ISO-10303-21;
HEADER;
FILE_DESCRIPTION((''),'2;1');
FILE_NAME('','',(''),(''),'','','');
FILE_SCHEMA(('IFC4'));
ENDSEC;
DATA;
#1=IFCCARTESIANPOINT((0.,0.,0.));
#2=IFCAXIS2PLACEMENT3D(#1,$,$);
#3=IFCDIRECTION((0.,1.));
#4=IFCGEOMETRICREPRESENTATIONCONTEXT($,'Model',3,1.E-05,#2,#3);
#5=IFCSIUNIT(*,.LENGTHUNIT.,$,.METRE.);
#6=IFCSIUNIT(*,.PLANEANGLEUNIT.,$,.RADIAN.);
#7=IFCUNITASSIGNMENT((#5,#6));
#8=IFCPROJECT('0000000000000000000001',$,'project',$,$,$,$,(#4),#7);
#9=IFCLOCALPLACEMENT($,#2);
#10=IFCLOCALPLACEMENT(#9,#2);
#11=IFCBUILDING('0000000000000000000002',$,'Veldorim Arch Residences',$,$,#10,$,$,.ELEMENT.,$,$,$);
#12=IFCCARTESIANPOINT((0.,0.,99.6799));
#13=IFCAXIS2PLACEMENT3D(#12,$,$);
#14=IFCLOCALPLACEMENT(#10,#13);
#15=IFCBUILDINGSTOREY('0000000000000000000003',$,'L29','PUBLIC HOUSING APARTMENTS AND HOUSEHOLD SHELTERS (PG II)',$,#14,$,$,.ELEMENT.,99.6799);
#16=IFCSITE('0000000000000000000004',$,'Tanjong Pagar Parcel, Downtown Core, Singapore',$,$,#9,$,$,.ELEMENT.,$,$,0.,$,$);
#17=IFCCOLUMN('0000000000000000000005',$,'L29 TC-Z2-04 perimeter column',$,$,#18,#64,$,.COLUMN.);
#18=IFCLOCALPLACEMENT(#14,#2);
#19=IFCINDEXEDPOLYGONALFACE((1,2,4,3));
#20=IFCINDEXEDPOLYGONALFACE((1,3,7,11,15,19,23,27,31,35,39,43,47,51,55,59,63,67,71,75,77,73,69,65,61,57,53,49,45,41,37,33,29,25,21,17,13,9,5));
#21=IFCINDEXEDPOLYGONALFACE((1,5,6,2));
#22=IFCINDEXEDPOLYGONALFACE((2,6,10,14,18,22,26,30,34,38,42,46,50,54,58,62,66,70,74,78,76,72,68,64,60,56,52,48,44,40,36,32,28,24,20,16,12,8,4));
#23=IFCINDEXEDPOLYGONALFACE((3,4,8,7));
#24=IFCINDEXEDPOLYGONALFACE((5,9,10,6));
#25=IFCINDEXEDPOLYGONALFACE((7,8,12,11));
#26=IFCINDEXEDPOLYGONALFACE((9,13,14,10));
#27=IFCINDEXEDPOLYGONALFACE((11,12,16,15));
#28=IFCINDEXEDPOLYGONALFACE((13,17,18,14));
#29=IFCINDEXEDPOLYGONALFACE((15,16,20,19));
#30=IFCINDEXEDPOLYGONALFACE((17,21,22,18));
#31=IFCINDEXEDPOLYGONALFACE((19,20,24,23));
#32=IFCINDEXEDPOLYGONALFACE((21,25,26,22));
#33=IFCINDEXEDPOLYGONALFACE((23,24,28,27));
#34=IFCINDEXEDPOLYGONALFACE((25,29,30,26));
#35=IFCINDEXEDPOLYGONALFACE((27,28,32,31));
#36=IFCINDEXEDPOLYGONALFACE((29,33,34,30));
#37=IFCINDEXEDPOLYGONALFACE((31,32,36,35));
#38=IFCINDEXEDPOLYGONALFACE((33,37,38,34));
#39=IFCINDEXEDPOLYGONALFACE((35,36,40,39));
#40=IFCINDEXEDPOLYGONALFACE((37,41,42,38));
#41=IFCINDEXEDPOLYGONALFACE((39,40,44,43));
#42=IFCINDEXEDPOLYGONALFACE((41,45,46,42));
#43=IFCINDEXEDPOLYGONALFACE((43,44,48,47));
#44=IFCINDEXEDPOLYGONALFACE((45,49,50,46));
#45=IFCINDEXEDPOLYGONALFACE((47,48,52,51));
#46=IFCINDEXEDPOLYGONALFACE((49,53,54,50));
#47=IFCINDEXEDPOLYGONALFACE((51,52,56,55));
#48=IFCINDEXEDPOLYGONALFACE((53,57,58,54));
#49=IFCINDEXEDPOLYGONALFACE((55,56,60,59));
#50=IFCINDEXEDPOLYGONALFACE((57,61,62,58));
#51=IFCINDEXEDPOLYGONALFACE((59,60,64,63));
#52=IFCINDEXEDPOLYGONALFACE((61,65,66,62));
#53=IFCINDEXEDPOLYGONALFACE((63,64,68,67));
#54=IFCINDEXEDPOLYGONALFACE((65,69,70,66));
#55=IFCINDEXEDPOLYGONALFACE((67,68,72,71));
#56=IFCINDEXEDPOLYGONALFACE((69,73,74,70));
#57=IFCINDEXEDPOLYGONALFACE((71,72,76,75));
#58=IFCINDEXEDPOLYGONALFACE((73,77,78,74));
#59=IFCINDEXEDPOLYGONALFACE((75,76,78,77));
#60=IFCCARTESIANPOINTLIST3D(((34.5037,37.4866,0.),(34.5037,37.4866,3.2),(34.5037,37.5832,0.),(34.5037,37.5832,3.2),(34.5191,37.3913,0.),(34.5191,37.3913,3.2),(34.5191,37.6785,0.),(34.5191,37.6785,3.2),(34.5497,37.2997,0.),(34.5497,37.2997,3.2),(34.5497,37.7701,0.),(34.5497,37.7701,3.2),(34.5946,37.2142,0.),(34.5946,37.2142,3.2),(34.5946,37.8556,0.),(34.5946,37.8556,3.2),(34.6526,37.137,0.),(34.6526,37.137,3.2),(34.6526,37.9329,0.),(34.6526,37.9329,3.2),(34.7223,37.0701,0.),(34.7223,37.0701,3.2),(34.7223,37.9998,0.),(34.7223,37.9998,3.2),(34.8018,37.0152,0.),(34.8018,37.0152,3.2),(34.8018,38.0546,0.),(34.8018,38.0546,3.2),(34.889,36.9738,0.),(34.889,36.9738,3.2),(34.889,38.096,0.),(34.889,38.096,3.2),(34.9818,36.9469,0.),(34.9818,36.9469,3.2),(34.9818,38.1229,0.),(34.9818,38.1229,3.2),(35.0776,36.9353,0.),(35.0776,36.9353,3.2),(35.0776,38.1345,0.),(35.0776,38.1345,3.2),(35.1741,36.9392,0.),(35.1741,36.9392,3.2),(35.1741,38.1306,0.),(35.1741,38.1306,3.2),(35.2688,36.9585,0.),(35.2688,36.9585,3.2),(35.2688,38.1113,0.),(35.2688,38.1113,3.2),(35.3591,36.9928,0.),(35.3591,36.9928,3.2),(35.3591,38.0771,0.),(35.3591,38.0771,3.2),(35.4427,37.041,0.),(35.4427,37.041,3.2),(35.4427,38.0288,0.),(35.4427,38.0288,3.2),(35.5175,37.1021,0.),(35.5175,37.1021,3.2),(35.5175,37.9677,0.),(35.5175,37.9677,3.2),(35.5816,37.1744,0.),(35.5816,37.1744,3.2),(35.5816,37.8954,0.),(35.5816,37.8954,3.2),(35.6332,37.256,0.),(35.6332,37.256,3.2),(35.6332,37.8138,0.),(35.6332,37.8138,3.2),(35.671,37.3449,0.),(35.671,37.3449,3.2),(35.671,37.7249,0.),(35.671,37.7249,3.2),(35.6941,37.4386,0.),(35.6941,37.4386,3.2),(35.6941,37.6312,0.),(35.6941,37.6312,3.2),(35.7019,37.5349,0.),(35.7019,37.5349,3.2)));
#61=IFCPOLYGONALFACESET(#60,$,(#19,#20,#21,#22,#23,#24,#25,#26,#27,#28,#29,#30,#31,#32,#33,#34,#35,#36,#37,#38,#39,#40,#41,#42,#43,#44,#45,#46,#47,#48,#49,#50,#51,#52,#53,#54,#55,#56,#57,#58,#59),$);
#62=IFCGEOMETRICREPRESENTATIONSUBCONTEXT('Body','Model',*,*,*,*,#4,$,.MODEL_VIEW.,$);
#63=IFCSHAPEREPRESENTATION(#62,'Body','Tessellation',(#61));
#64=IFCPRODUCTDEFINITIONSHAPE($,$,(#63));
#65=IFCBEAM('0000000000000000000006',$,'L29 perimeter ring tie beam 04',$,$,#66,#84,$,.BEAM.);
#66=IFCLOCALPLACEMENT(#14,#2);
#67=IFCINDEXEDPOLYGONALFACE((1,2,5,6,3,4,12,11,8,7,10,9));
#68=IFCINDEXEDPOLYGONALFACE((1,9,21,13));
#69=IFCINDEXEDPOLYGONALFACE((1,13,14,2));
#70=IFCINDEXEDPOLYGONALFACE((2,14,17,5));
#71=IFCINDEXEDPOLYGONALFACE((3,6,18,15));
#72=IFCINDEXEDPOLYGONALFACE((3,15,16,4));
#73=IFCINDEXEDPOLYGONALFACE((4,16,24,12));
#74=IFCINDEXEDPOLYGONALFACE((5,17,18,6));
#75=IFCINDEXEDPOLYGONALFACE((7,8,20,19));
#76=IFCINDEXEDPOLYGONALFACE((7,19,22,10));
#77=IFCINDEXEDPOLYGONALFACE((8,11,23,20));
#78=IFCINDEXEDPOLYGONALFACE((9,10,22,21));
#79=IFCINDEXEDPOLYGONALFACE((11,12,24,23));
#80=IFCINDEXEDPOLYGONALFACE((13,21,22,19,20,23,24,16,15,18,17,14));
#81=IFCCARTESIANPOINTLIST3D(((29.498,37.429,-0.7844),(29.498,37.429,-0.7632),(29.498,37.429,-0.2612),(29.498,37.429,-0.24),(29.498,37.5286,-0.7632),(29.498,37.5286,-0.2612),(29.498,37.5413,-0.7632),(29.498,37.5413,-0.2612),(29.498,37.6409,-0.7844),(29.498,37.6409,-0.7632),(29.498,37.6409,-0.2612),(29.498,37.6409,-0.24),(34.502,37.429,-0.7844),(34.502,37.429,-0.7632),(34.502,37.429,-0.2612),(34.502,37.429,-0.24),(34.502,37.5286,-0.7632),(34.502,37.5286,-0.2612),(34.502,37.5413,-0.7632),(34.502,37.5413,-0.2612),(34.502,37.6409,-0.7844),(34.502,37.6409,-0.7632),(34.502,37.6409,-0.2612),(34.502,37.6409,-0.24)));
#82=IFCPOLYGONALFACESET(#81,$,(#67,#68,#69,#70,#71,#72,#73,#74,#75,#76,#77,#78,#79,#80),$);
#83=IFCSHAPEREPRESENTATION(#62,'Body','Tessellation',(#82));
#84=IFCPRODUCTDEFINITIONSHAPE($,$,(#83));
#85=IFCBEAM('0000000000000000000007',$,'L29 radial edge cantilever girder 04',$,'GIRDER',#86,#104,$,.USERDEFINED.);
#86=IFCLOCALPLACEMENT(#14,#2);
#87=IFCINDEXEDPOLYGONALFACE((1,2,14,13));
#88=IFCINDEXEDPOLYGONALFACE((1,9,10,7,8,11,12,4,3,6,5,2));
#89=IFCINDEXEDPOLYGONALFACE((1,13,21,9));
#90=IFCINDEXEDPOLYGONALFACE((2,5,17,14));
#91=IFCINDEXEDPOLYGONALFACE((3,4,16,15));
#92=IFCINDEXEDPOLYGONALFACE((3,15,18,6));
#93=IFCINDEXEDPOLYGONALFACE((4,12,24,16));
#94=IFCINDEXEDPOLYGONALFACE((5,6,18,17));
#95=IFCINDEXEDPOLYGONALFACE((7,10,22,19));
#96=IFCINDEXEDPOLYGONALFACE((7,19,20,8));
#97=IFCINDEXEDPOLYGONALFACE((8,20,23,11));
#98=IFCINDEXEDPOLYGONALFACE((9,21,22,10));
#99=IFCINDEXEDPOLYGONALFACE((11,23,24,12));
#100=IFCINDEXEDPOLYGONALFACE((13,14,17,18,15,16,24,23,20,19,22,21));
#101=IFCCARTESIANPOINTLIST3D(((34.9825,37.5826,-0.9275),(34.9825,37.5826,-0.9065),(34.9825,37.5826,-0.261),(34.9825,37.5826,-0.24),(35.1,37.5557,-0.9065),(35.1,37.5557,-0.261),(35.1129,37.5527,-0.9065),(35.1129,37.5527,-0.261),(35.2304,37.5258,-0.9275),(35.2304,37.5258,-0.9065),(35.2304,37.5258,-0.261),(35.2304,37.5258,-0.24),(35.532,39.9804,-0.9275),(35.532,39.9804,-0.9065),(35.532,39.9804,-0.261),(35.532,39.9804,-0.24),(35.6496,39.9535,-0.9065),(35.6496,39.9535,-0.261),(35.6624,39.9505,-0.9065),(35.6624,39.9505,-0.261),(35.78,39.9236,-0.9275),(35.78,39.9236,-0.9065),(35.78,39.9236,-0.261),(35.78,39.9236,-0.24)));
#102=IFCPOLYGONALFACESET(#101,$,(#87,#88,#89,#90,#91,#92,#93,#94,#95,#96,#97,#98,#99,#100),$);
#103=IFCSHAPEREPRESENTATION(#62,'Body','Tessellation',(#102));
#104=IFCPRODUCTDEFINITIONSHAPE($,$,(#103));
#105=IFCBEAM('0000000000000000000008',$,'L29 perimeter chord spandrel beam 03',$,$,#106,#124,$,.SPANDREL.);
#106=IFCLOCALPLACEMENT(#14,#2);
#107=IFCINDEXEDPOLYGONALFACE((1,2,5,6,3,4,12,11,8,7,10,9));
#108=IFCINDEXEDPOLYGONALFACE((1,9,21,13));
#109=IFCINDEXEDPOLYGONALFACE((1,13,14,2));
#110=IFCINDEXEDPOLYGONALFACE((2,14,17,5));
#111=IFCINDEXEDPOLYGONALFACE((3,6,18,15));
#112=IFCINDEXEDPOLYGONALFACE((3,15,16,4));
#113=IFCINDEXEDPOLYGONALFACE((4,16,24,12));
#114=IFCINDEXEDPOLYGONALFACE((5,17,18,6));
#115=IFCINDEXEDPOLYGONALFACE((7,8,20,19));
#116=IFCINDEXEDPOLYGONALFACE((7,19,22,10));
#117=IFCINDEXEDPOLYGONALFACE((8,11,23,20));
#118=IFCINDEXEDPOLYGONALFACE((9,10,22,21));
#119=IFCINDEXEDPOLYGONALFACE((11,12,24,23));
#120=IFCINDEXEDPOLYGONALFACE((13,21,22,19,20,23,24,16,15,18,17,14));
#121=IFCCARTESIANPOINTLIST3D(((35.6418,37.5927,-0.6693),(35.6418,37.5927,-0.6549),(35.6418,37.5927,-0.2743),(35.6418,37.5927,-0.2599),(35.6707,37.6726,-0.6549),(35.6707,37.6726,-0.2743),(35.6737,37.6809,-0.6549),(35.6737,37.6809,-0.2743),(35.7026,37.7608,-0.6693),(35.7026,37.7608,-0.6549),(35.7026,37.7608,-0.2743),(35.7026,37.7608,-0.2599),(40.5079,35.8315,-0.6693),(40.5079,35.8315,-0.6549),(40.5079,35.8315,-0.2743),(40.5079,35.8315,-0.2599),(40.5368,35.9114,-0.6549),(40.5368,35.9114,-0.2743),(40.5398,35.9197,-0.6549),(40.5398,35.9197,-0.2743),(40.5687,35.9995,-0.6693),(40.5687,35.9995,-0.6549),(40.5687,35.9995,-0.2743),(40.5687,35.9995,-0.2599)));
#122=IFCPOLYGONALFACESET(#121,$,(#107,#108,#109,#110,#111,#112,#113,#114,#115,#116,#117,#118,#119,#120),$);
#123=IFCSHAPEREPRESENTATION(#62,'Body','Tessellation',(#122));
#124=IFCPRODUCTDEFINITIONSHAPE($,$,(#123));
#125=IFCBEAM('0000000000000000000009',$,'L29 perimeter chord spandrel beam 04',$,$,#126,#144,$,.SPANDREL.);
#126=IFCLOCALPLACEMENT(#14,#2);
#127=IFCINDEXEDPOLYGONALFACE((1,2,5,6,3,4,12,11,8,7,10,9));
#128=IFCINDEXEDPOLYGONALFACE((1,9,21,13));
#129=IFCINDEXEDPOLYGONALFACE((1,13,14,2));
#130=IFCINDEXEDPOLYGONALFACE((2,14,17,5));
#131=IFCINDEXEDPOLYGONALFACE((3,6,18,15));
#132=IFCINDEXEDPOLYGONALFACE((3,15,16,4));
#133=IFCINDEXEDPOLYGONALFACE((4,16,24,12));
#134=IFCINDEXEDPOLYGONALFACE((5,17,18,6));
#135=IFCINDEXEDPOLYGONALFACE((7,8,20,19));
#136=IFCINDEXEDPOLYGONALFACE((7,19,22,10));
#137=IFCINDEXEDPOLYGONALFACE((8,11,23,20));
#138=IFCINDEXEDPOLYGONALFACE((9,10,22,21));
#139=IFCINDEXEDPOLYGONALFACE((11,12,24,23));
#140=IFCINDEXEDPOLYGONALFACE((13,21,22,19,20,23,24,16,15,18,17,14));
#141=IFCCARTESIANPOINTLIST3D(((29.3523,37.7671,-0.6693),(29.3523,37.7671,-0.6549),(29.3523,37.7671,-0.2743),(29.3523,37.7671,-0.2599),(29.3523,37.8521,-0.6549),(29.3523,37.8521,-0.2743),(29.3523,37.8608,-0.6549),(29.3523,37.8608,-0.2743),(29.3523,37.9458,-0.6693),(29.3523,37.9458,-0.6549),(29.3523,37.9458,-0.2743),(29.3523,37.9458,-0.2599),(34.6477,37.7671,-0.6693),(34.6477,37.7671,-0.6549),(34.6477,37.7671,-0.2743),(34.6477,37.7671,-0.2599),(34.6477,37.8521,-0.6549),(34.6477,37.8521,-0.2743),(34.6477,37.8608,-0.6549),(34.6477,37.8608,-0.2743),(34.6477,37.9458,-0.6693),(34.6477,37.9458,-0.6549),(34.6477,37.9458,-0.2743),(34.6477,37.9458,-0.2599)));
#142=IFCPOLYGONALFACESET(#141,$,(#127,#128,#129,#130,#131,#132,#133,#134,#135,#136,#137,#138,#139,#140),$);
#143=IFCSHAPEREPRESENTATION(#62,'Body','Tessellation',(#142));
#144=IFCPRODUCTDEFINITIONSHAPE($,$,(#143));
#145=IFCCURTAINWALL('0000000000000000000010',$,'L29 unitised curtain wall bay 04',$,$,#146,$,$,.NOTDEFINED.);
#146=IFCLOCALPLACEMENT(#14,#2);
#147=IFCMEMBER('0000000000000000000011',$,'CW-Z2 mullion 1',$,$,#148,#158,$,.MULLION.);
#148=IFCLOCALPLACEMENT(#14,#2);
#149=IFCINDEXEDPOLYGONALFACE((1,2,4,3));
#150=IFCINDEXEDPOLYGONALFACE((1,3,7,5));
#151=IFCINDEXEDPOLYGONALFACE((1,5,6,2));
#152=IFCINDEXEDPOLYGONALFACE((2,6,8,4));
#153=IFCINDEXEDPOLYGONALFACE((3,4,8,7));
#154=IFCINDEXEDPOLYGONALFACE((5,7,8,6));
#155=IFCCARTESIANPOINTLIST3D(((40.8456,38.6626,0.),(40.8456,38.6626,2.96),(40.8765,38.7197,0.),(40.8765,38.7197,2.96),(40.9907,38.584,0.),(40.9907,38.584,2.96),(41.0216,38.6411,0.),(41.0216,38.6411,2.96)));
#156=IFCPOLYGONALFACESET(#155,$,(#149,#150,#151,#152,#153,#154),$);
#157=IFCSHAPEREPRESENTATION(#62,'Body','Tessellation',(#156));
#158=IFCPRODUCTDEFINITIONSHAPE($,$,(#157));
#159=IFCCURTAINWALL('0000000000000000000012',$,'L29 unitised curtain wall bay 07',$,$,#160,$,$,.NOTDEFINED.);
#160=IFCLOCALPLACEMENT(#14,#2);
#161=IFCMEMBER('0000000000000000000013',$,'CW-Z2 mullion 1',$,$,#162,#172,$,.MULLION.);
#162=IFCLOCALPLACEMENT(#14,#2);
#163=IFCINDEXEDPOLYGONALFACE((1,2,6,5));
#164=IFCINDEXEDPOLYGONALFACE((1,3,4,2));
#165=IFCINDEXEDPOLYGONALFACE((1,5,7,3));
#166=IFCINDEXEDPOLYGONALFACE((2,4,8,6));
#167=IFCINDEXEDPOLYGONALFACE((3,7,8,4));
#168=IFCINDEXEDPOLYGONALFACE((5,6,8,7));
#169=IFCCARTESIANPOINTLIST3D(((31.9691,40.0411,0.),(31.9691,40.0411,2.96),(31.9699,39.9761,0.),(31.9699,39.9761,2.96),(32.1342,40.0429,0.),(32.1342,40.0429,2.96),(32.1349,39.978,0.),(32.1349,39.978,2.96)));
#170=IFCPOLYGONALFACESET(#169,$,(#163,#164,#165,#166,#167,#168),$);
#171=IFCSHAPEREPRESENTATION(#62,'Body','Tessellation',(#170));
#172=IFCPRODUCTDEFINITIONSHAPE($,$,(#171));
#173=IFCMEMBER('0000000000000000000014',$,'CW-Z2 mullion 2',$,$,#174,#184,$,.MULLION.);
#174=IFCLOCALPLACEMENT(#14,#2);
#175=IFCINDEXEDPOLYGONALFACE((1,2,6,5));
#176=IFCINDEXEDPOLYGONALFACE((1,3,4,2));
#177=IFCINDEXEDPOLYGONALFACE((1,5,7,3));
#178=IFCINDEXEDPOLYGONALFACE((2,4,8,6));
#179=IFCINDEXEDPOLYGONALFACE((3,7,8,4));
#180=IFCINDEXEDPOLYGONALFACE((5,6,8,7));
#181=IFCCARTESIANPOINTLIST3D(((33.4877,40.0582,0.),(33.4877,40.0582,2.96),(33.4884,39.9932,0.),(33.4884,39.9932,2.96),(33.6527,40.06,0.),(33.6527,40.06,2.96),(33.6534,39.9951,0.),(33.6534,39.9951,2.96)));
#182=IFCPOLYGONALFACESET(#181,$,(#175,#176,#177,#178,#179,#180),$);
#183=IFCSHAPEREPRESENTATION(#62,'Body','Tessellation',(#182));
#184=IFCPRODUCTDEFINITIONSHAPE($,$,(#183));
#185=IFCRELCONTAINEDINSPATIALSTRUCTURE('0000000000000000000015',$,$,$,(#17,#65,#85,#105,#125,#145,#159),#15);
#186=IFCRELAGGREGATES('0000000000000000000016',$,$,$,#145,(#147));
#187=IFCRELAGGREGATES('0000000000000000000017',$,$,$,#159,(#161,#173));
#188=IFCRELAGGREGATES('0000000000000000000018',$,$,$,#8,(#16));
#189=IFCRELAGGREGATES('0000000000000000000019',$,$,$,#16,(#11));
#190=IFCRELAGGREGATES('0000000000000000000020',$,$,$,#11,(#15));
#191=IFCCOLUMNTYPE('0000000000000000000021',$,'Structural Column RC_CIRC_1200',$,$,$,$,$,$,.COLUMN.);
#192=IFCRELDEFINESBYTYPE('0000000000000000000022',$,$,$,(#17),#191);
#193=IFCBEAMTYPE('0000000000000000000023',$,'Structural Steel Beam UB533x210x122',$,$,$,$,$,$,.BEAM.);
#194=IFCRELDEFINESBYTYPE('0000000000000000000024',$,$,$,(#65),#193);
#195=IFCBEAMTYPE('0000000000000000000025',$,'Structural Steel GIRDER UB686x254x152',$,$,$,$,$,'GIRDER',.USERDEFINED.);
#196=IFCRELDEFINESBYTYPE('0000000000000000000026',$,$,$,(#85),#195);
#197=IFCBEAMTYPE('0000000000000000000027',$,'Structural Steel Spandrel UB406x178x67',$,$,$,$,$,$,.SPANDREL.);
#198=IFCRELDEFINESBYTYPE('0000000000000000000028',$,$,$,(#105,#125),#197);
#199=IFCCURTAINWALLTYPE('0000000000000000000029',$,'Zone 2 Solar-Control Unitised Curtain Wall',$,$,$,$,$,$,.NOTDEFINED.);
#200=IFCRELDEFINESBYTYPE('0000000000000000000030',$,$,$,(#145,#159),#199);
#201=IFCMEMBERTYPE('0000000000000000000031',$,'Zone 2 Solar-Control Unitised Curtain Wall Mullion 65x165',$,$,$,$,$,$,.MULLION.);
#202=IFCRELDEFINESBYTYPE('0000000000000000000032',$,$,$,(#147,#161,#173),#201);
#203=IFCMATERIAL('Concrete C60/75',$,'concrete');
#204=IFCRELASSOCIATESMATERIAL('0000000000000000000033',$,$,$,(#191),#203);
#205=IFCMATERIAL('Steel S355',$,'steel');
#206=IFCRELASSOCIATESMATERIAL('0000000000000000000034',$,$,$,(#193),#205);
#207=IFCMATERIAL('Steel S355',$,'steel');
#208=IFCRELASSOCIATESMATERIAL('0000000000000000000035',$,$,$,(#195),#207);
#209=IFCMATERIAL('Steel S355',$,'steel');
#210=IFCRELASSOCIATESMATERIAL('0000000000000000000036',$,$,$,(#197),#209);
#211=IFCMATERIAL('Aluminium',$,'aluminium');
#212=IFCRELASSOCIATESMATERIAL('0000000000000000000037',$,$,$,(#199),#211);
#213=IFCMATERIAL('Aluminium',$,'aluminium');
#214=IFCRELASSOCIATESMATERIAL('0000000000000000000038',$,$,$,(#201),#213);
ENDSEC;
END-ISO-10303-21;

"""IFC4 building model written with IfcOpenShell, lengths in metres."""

from ifc_helpers import new_model, si_unit, direction, frame, origin, origin_2d, place, context, subcontext, project, spatial, rectangle, circle, i_section, extrude, material, material_profile, profile_set, type_object, element, aggregate, save


model = new_model("IFC4")

# Units and contexts
model_context = context("Model", 3, precision=1e-05, world=origin(), true_north=direction((0.0, 1.0)))
body_context = subcontext(model_context, "Body", "Model", "MODEL_VIEW")
ifc_project = project(units=[si_unit("LENGTHUNIT", "METRE"), si_unit("PLANEANGLEUNIT", "RADIAN")], contexts=[model_context])

# Site, building, storey
site_placement = place(None, origin())
site = spatial("IfcSite", under=ifc_project, at=site_placement, Name="Tanjong Pagar Parcel, Downtown Core, Singapore", CompositionType="ELEMENT", RefElevation=0.0)
building_placement = place(site_placement, origin())
building = spatial("IfcBuilding", under=site, at=building_placement, Name="Veldorim Arch Residences", CompositionType="ELEMENT")
storey_placement = place(building_placement, frame((0.0, 0.0, 99.6799)))
storey = spatial("IfcBuildingStorey", under=building, at=storey_placement, Name="L29", Description="PUBLIC HOUSING APARTMENTS AND HOUSEHOLD SHELTERS (PG II)", CompositionType="ELEMENT", Elevation=99.6799)

# Column
ifc_material_1 = material(Name="Concrete C60/75", Category="concrete")
ifc_material_profile_1 = material_profile(ifc_material_1, circle(Radius=0.6001, at=origin_2d()), Name="RC_CIRC_1200")
ifc_profile_set_1 = profile_set([ifc_material_profile_1], Name="Concrete C60/75")
column_type = type_object("IfcColumnType", Name="Structural Column RC_CIRC_1200", PredefinedType="COLUMN", material=ifc_profile_set_1)
column_placement = place(storey_placement, frame((35.1018, 37.5349, 0.0), z_axis=(0.0, 0.0, 1.0), x_axis=(1.0, 0.0, 0.0)))
element("IfcColumn", 1, at=column_placement, inside=storey, type_object=column_type, Name="L29 TC-Z2-04 perimeter column", PredefinedType="COLUMN", context=body_context, shape_type="SweptSolid", body=[
    extrude(circle(Radius=0.6001, at=origin_2d()), origin(), (0.0, 0.0, 1.0), 3.2),
])

# Beams
ifc_material_2 = material(Name="Steel S355", Category="steel")
ifc_material_profile_2 = material_profile(ifc_material_2, i_section(OverallWidth=0.2119, OverallDepth=0.5444, WebThickness=0.0127, FlangeThickness=0.0212, at=origin_2d()), Name="UB533x210x122")
ifc_profile_set_2 = profile_set([ifc_material_profile_2], Name="Steel S355")
beam_type_1 = type_object("IfcBeamType", Name="Structural Steel Beam UB533x210x122", PredefinedType="BEAM", material=ifc_profile_set_2)
beam_1_placement = place(storey_placement, frame((34.502, 37.5349, -0.5122), z_axis=(-1.0, 0.0, 0.0), x_axis=(0.0, -1.0, 0.0)))
element("IfcBeam", 2, at=beam_1_placement, inside=storey, type_object=beam_type_1, Name="L29 perimeter ring tie beam 04", PredefinedType="BEAM", context=body_context, shape_type="SweptSolid", body=[
    extrude(i_section(OverallWidth=0.2119, OverallDepth=0.5444, WebThickness=0.0127, FlangeThickness=0.0212, at=origin_2d()), origin(), (0.0, 0.0, 1.0), 5.0039),
])
ifc_material_3 = material(Name="Steel S355", Category="steel")
ifc_material_profile_3 = material_profile(ifc_material_3, i_section(OverallWidth=0.2544, OverallDepth=0.6875, WebThickness=0.0132, FlangeThickness=0.021, at=origin_2d()), Name="UB686x254x152")
ifc_profile_set_3 = profile_set([ifc_material_profile_3], Name="Steel S355")
beam_type_2 = type_object("IfcBeamType", Name="Structural Steel GIRDER UB686x254x152", ElementType="GIRDER", PredefinedType="USERDEFINED", material=ifc_profile_set_3)
beam_2_placement = place(storey_placement, frame((35.1064, 37.5542, -0.5837), z_axis=(0.22341, 0.974725, 0.0), x_axis=(-0.974725, 0.22341, 0.0)))
element("IfcBeam", 3, at=beam_2_placement, inside=storey, type_object=beam_type_2, Name="L29 radial edge cantilever girder 04", ObjectType="GIRDER", PredefinedType="USERDEFINED", context=body_context, shape_type="SweptSolid", body=[
    extrude(i_section(OverallWidth=0.2544, OverallDepth=0.6875, WebThickness=0.0132, FlangeThickness=0.021, at=origin_2d()), origin(), (0.0, 0.0, 1.0), 2.46),
])
ifc_material_4 = material(Name="Steel S355", Category="steel")
ifc_material_profile_4 = material_profile(ifc_material_4, i_section(OverallWidth=0.1787, OverallDepth=0.4094, WebThickness=0.0088, FlangeThickness=0.0144, at=origin_2d()), Name="UB406x178x67")
ifc_profile_set_4 = profile_set([ifc_material_profile_4], Name="Steel S355")
beam_type_3 = type_object("IfcBeamType", Name="Structural Steel Spandrel UB406x178x67", PredefinedType="SPANDREL", material=ifc_profile_set_4)
beam_3_placement = place(storey_placement, frame((40.5383, 35.9155, -0.4646), z_axis=(-0.940308, 0.340326, 0.0), x_axis=(-0.340326, -0.940308, 0.0)))
element("IfcBeam", 4, at=beam_3_placement, inside=storey, type_object=beam_type_3, Name="L29 perimeter chord spandrel beam 03", PredefinedType="SPANDREL", context=body_context, shape_type="SweptSolid", body=[
    extrude(i_section(OverallWidth=0.1787, OverallDepth=0.4094, WebThickness=0.0088, FlangeThickness=0.0144, at=origin_2d()), origin(), (0.0, 0.0, 1.0), 5.175),
])
beam_4_placement = place(storey_placement, frame((34.6477, 37.8564, -0.4646), z_axis=(-1.0, 0.0, 0.0), x_axis=(0.0, -1.0, 0.0)))
element("IfcBeam", 5, at=beam_4_placement, inside=storey, type_object=beam_type_3, Name="L29 perimeter chord spandrel beam 04", PredefinedType="SPANDREL", context=body_context, shape_type="SweptSolid", body=[
    extrude(i_section(OverallWidth=0.1787, OverallDepth=0.4094, WebThickness=0.0088, FlangeThickness=0.0144, at=origin_2d()), origin(), (0.0, 0.0, 1.0), 5.2954),
])

# Curtain wall, member
ifc_material_5 = material(Name="Aluminium", Category="aluminium")
curtain_wall_type = type_object("IfcCurtainWallType", Name="Zone 2 Solar-Control Unitised Curtain Wall", PredefinedType="NOTDEFINED", material=ifc_material_5)
curtain_wall_1_placement = place(storey_placement, origin())
curtain_wall_1 = element("IfcCurtainWall", 6, at=curtain_wall_1_placement, inside=storey, type_object=curtain_wall_type, Name="L29 unitised curtain wall bay 04", PredefinedType="NOTDEFINED")
ifc_material_6 = material(Name="Aluminium", Category="aluminium")
ifc_material_profile_5 = material_profile(ifc_material_6, rectangle(XDim=0.0649, YDim=0.165, at=origin_2d()), Name="ALU_MUL_65x165")
ifc_profile_set_5 = profile_set([ifc_material_profile_5], Name="Aluminium")
member_type_1 = type_object("IfcMemberType", Name="Zone 2 Solar-Control Unitised Curtain Wall Mullion 65x165", PredefinedType="MULLION", material=ifc_profile_set_5)
member_1_placement = place(storey_placement, frame((40.9336, 38.6519, 0.0), z_axis=(0.0, 0.0, 1.0), x_axis=(0.476096, 0.879393, 0.0)))
member_1 = element("IfcMember", 7, at=member_1_placement, type_object=member_type_1, Name="CW-Z2 mullion 1", PredefinedType="MULLION", context=body_context, shape_type="SweptSolid", body=[
    extrude(rectangle(XDim=0.0649, YDim=0.165, at=origin_2d()), origin(), (0.0, 0.0, 1.0), 2.96),
])
aggregate(curtain_wall_1, [member_1])

# Curtain wall, members
curtain_wall_2_placement = place(storey_placement, origin())
curtain_wall_2 = element("IfcCurtainWall", 8, at=curtain_wall_2_placement, inside=storey, type_object=curtain_wall_type, Name="L29 unitised curtain wall bay 07", PredefinedType="NOTDEFINED")
member_2_placement = place(storey_placement, frame((32.052, 40.0095, 0.0), z_axis=(0.0, 0.0, 1.0), x_axis=(-0.011187, 0.999937, 0.0)))
member_2 = element("IfcMember", 9, at=member_2_placement, type_object=member_type_1, Name="CW-Z2 mullion 1", PredefinedType="MULLION", context=body_context, shape_type="SweptSolid", body=[
    extrude(rectangle(XDim=0.0649, YDim=0.165, at=origin_2d()), origin(), (0.0, 0.0, 1.0), 2.96),
])
member_3_placement = place(storey_placement, frame((33.5706, 40.0266, 0.0), z_axis=(0.0, 0.0, 1.0), x_axis=(-0.011187, 0.999937, 0.0)))
member_3 = element("IfcMember", 10, at=member_3_placement, type_object=member_type_1, Name="CW-Z2 mullion 2", PredefinedType="MULLION", context=body_context, shape_type="SweptSolid", body=[
    extrude(rectangle(XDim=0.0649, YDim=0.165, at=origin_2d()), origin(), (0.0, 0.0, 1.0), 2.96),
])
aggregate(curtain_wall_2, [member_2, member_3])

save(model, "model.ifc")
